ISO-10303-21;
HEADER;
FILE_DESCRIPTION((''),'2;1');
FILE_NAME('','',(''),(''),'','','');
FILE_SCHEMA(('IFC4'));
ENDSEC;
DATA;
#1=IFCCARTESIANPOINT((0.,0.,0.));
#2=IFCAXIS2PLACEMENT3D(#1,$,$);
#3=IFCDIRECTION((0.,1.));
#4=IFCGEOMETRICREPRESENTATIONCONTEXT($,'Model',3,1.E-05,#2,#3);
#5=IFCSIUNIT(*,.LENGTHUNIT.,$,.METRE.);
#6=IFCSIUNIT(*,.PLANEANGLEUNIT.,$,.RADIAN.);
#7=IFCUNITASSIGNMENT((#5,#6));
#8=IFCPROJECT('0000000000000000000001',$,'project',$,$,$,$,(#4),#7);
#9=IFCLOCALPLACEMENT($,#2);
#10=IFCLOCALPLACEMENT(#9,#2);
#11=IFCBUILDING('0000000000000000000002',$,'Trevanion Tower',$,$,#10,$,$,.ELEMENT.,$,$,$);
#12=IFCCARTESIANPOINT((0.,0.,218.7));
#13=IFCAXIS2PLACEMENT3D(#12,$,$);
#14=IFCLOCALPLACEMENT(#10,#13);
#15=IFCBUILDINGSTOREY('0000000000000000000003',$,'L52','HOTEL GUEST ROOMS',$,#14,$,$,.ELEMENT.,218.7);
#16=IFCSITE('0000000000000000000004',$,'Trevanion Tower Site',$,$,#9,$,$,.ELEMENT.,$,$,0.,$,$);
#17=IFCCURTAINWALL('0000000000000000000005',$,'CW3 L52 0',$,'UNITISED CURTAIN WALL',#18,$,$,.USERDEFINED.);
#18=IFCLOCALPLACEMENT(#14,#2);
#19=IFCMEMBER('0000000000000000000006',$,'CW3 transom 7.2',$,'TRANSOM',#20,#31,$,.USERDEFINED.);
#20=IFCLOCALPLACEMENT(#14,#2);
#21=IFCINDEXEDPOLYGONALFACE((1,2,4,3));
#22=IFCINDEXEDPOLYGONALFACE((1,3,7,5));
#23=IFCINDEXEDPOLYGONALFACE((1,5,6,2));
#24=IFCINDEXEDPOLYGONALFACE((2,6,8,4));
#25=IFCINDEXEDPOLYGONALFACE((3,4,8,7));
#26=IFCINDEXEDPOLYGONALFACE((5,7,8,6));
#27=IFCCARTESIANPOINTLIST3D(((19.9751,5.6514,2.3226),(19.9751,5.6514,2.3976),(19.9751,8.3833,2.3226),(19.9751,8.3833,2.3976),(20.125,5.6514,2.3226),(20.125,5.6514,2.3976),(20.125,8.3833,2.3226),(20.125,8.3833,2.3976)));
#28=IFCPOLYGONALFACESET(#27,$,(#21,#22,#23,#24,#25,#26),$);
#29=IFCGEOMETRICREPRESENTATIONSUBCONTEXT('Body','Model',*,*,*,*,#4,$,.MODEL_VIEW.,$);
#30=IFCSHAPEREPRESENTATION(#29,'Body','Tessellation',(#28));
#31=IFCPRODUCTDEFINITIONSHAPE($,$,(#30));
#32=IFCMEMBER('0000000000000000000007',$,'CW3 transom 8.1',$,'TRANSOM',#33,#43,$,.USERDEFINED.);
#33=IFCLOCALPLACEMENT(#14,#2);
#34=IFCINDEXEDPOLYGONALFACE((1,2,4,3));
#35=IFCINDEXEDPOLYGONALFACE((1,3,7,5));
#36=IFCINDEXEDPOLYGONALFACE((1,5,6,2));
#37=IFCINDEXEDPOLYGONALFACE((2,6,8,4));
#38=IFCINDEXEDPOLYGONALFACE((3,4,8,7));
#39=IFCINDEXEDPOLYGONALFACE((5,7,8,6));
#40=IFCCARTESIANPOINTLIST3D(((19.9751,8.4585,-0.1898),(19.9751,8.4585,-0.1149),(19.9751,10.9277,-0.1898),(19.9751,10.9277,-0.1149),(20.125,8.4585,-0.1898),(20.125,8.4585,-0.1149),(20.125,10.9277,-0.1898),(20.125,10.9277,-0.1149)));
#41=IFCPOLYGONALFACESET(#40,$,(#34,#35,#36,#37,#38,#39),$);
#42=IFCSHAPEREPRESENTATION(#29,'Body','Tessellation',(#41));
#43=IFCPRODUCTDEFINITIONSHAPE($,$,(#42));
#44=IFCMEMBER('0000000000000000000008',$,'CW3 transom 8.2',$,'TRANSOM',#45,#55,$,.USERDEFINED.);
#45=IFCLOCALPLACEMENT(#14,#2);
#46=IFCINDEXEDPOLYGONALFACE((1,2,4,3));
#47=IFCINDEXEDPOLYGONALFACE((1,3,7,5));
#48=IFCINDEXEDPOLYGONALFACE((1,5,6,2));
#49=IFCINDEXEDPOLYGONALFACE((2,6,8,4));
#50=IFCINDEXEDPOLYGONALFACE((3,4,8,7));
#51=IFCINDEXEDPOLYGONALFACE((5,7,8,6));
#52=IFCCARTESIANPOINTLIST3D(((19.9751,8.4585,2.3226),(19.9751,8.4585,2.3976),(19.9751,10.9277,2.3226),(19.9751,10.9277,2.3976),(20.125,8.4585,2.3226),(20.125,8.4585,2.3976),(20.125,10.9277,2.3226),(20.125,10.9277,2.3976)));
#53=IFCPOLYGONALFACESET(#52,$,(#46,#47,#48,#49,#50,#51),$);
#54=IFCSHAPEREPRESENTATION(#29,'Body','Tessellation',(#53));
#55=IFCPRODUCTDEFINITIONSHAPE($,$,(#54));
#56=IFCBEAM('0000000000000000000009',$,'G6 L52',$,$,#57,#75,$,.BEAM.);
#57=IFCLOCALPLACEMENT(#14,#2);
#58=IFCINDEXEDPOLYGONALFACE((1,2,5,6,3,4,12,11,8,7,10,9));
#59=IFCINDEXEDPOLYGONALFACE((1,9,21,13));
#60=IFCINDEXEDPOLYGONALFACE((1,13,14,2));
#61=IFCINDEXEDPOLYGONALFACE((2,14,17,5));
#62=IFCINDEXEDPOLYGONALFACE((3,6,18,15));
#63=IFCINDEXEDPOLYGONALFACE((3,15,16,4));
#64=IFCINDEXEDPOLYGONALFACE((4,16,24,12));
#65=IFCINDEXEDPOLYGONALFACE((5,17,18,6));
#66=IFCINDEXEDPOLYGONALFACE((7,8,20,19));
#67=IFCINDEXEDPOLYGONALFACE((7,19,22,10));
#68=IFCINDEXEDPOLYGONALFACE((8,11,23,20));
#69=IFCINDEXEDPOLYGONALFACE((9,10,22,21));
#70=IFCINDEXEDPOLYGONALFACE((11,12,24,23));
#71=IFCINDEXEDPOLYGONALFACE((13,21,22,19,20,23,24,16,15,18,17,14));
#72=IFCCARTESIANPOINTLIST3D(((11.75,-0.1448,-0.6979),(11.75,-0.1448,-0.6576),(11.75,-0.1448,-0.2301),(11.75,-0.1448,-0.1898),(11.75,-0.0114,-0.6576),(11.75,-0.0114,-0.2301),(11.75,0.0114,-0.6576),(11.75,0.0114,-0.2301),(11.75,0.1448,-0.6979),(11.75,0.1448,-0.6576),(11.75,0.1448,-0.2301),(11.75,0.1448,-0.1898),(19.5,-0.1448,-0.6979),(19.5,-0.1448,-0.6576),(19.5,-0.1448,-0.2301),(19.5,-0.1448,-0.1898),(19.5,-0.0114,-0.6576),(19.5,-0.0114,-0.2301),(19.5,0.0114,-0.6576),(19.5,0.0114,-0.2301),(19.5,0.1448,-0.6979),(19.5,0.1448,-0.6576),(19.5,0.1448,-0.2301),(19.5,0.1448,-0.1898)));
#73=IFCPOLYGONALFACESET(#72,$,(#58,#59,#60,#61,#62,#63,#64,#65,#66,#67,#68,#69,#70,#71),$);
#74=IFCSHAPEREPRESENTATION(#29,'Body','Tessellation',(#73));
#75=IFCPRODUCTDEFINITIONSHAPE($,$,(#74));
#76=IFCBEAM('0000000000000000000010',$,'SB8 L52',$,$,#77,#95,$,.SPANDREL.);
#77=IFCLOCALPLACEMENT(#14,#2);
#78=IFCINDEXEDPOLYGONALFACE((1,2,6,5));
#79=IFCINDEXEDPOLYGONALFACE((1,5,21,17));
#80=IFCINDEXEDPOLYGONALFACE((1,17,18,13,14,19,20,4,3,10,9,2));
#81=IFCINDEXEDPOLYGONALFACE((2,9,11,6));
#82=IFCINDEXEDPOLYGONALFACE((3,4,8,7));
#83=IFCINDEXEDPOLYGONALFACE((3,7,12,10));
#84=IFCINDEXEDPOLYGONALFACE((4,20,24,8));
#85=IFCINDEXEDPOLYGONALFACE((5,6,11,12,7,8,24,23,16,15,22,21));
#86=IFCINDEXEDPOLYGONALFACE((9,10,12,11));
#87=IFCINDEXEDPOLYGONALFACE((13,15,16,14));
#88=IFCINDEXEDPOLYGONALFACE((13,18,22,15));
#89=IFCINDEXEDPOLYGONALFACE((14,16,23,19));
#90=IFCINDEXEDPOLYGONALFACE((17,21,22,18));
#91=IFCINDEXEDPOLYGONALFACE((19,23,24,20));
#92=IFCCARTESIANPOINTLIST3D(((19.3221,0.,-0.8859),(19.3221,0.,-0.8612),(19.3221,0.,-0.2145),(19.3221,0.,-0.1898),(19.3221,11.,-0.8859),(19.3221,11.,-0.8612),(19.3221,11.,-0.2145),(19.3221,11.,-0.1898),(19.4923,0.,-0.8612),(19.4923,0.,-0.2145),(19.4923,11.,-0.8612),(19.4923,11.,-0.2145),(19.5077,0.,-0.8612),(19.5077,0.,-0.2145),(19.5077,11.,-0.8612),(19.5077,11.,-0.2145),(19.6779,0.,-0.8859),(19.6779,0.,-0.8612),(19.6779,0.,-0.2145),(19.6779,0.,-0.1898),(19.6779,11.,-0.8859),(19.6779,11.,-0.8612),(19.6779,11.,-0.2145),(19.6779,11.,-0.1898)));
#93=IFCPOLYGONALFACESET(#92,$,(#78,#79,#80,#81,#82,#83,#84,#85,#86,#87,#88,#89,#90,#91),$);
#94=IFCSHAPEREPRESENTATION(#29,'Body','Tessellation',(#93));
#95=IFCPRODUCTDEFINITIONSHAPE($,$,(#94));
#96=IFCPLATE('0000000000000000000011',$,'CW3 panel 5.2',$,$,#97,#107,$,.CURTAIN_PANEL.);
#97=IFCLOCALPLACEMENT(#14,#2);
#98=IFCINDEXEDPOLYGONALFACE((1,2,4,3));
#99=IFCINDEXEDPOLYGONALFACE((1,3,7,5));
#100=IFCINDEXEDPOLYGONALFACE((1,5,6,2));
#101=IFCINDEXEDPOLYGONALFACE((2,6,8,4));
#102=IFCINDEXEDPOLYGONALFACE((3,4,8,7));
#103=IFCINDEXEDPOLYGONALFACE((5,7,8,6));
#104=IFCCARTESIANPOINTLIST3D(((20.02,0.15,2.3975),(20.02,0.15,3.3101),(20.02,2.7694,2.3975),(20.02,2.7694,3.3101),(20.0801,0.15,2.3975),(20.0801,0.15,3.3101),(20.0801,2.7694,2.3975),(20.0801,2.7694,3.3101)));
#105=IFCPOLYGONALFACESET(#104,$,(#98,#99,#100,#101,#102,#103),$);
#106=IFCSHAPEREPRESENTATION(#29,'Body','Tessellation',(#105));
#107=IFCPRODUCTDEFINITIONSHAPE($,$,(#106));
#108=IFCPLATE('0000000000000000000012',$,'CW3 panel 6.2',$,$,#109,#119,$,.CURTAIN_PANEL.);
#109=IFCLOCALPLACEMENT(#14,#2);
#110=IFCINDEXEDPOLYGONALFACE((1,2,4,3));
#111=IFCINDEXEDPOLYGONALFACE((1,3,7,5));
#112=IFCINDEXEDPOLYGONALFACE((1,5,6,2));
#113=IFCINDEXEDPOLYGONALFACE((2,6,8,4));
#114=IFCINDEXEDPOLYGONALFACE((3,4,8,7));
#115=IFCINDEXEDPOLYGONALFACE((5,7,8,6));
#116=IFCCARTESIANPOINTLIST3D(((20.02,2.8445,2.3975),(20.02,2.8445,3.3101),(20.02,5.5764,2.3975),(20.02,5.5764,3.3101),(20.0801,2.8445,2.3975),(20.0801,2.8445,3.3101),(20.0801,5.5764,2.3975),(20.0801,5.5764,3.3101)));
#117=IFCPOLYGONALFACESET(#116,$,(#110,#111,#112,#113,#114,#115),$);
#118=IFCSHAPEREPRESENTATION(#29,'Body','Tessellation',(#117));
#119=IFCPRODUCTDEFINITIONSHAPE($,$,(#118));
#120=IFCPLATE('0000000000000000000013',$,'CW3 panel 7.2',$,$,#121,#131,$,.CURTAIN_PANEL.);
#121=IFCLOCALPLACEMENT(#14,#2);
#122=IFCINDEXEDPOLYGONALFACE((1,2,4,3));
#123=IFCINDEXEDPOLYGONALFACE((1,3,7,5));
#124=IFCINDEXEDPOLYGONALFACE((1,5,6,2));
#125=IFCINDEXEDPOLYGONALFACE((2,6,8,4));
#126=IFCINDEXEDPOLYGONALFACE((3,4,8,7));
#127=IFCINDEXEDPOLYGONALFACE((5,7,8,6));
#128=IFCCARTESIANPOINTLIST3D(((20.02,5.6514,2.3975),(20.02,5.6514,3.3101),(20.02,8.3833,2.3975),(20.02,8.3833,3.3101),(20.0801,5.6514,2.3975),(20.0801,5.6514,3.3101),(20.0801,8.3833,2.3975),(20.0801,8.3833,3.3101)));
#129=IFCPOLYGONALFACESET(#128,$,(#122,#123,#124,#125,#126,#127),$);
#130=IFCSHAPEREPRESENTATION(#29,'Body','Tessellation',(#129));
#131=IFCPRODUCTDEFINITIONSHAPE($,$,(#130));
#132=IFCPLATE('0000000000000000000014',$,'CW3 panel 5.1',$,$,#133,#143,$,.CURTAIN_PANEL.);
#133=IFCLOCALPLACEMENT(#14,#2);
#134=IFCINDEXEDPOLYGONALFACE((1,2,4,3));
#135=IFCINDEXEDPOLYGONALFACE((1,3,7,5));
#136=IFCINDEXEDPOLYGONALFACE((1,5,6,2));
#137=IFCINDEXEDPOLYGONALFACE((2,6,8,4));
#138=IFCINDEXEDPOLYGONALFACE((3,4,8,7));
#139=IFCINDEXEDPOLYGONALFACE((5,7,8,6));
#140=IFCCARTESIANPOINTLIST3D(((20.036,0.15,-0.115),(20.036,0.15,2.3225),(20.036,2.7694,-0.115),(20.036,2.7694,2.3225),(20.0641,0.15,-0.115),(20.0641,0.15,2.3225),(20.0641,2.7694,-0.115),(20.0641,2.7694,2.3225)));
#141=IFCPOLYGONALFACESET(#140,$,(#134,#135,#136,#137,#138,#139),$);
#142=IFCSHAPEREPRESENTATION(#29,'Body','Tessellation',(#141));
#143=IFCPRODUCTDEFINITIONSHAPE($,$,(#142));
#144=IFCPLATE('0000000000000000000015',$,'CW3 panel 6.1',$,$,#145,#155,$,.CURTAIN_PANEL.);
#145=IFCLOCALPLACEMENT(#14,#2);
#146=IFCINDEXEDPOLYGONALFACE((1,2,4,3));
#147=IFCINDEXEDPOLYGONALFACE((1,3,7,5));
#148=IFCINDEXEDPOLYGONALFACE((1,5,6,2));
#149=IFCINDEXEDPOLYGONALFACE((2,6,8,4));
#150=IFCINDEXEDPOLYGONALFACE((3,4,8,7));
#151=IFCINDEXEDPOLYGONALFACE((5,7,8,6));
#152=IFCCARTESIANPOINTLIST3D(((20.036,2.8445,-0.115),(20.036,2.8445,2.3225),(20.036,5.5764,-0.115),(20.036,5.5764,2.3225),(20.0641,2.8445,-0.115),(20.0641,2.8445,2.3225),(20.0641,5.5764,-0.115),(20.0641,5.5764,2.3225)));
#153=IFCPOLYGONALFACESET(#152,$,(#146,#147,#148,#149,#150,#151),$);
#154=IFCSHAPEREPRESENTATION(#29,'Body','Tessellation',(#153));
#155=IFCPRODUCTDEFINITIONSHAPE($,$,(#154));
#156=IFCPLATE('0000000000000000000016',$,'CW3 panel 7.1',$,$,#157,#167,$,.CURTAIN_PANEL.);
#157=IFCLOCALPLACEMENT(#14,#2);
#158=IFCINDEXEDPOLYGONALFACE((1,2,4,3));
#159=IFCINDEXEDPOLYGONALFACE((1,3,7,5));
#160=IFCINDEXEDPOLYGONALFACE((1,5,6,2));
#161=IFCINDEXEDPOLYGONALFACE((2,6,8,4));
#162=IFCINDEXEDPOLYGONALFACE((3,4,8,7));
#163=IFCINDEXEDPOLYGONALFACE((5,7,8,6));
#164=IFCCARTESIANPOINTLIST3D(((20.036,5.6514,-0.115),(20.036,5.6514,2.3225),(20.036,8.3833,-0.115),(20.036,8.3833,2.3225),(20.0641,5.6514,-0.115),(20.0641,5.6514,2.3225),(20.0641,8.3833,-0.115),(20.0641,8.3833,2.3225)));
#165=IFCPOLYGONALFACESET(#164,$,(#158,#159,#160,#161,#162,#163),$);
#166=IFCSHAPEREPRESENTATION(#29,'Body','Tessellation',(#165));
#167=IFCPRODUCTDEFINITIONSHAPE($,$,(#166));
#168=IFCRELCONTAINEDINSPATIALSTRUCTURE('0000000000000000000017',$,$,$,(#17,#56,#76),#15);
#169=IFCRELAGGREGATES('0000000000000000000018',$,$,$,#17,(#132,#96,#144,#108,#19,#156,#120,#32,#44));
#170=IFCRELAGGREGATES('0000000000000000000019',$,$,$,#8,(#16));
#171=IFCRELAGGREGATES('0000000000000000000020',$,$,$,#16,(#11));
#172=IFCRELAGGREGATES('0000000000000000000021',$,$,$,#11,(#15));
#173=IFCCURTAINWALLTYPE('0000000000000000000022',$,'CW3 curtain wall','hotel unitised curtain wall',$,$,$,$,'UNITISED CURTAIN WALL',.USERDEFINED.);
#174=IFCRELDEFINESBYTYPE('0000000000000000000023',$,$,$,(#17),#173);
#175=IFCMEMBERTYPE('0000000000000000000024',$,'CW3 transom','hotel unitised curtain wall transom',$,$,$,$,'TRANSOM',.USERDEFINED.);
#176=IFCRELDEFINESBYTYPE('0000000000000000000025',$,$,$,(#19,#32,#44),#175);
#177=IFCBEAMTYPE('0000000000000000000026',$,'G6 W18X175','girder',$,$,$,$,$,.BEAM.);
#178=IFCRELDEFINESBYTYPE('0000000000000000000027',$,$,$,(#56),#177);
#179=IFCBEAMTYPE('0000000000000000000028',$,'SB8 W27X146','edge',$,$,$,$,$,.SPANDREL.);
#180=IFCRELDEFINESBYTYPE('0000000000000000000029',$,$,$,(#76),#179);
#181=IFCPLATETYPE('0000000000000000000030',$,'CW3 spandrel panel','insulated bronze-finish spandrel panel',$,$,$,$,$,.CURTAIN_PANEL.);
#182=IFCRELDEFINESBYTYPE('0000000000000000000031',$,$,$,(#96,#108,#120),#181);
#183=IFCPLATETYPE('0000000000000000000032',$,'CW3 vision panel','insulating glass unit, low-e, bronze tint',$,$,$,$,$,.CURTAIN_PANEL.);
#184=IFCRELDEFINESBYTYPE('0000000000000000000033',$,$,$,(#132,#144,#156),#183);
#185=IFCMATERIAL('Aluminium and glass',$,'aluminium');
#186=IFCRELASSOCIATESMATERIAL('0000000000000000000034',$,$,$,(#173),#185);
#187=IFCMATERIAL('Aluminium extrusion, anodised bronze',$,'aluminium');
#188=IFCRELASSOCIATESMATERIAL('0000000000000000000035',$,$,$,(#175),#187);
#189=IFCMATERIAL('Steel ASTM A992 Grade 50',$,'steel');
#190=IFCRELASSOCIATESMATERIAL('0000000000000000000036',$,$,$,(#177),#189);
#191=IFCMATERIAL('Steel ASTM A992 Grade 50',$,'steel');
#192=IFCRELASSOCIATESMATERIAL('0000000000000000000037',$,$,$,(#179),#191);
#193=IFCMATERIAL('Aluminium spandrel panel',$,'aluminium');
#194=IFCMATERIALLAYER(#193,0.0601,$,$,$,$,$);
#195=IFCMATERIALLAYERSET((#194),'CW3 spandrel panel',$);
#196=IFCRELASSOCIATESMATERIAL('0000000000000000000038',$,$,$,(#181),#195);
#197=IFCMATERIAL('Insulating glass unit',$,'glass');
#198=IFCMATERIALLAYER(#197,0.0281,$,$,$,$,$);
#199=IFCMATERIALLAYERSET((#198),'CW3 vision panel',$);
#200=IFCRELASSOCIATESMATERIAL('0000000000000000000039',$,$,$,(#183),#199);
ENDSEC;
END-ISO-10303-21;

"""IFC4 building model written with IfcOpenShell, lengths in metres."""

from ifc_helpers import new_model, si_unit, direction, frame, origin, origin_2d, place, context, subcontext, project, spatial, rectangle, i_section, extrude, material, layer, layer_set, material_profile, profile_set, type_object, element, aggregate, save


model = new_model("IFC4")

# Units and contexts
model_context = context("Model", 3, precision=1e-05, world=origin(), true_north=direction((0.0, 1.0)))
body_context = subcontext(model_context, "Body", "Model", "MODEL_VIEW")
ifc_project = project(units=[si_unit("LENGTHUNIT", "METRE"), si_unit("PLANEANGLEUNIT", "RADIAN")], contexts=[model_context])

# Site, building, storey
site_placement = place(None, origin())
site = spatial("IfcSite", under=ifc_project, at=site_placement, Name="Trevanion Tower Site", CompositionType="ELEMENT", RefElevation=0.0)
building_placement = place(site_placement, origin())
building = spatial("IfcBuilding", under=site, at=building_placement, Name="Trevanion Tower", CompositionType="ELEMENT")
storey_placement = place(building_placement, frame((0.0, 0.0, 218.7)))
storey = spatial("IfcBuildingStorey", under=building, at=storey_placement, Name="L52", Description="HOTEL GUEST ROOMS", CompositionType="ELEMENT", Elevation=218.7)

# Curtain wall, members
ifc_material_1 = material(Name="Aluminium and glass", Category="aluminium")
curtain_wall_type = type_object("IfcCurtainWallType", Name="CW3 curtain wall", Description="hotel unitised curtain wall", ElementType="UNITISED CURTAIN WALL", PredefinedType="USERDEFINED", material=ifc_material_1)
curtain_wall_placement = place(storey_placement, origin())
curtain_wall = element("IfcCurtainWall", 1, at=curtain_wall_placement, inside=storey, type_object=curtain_wall_type, Name="CW3 L52 0", ObjectType="UNITISED CURTAIN WALL", PredefinedType="USERDEFINED")
ifc_material_2 = material(Name="Aluminium extrusion, anodised bronze", Category="aluminium")
ifc_material_profile_1 = material_profile(ifc_material_2, rectangle(XDim=0.1499, YDim=0.075, at=origin_2d()), Name="CW3 transom")
ifc_profile_set_1 = profile_set([ifc_material_profile_1], Name="Aluminium extrusion, anodised bronze")
member_type_1 = type_object("IfcMemberType", Name="CW3 transom", Description="hotel unitised curtain wall transom", ElementType="TRANSOM", PredefinedType="USERDEFINED", material=ifc_profile_set_1)
member_1_placement = place(storey_placement, frame((20.05, 5.6514, 2.3601), z_axis=(0.0, 1.0, 0.0), x_axis=(-1.0, 0.0, 0.0)))
member_1 = element("IfcMember", 2, at=member_1_placement, type_object=member_type_1, Name="CW3 transom 7.2", ObjectType="TRANSOM", PredefinedType="USERDEFINED", context=body_context, shape_type="SweptSolid", body=[
    extrude(rectangle(XDim=0.1499, YDim=0.075, at=origin_2d()), origin(), (0.0, 0.0, 1.0), 2.7319),
])
member_2_placement = place(storey_placement, frame((20.05, 8.4585, -0.1523), z_axis=(0.0, 1.0, 0.0), x_axis=(-1.0, 0.0, 0.0)))
member_2 = element("IfcMember", 3, at=member_2_placement, type_object=member_type_1, Name="CW3 transom 8.1", ObjectType="TRANSOM", PredefinedType="USERDEFINED", context=body_context, shape_type="SweptSolid", body=[
    extrude(rectangle(XDim=0.1499, YDim=0.075, at=origin_2d()), origin(), (0.0, 0.0, 1.0), 2.4692),
])
member_3_placement = place(storey_placement, frame((20.05, 8.4585, 2.3601), z_axis=(0.0, 1.0, 0.0), x_axis=(-1.0, 0.0, 0.0)))
member_3 = element("IfcMember", 4, at=member_3_placement, type_object=member_type_1, Name="CW3 transom 8.2", ObjectType="TRANSOM", PredefinedType="USERDEFINED", context=body_context, shape_type="SweptSolid", body=[
    extrude(rectangle(XDim=0.1499, YDim=0.075, at=origin_2d()), origin(), (0.0, 0.0, 1.0), 2.4692),
])

# Beams
ifc_material_3 = material(Name="Steel ASTM A992 Grade 50", Category="steel")
ifc_material_profile_2 = material_profile(ifc_material_3, i_section(OverallWidth=0.2896, OverallDepth=0.5081, WebThickness=0.0227, FlangeThickness=0.0403, at=origin_2d()), Name="W18X175")
ifc_profile_set_2 = profile_set([ifc_material_profile_2], Name="Steel ASTM A992 Grade 50")
beam_type_1 = type_object("IfcBeamType", Name="G6 W18X175", Description="girder", PredefinedType="BEAM", material=ifc_profile_set_2)
beam_1_placement = place(storey_placement, frame((11.75, 0.0, -0.4438), z_axis=(1.0, 0.0, 0.0), x_axis=(0.0, 1.0, 0.0)))
element("IfcBeam", 5, at=beam_1_placement, inside=storey, type_object=beam_type_1, Name="G6 L52", PredefinedType="BEAM", context=body_context, shape_type="SweptSolid", body=[
    extrude(i_section(OverallWidth=0.2896, OverallDepth=0.5081, WebThickness=0.0227, FlangeThickness=0.0403, at=origin_2d()), origin(), (0.0, 0.0, 1.0), 7.75),
])
ifc_material_4 = material(Name="Steel ASTM A992 Grade 50", Category="steel")
ifc_material_profile_3 = material_profile(ifc_material_4, i_section(OverallWidth=0.3557, OverallDepth=0.696, WebThickness=0.0154, FlangeThickness=0.0247, at=origin_2d()), Name="W27X146")
ifc_profile_set_3 = profile_set([ifc_material_profile_3], Name="Steel ASTM A992 Grade 50")
beam_type_2 = type_object("IfcBeamType", Name="SB8 W27X146", Description="edge", PredefinedType="SPANDREL", material=ifc_profile_set_3)
beam_2_placement = place(storey_placement, frame((19.5, 0.0, -0.5378), z_axis=(0.0, 1.0, 0.0), x_axis=(-1.0, 0.0, 0.0)))
element("IfcBeam", 6, at=beam_2_placement, inside=storey, type_object=beam_type_2, Name="SB8 L52", PredefinedType="SPANDREL", context=body_context, shape_type="SweptSolid", body=[
    extrude(i_section(OverallWidth=0.3557, OverallDepth=0.696, WebThickness=0.0154, FlangeThickness=0.0247, at=origin_2d()), origin(), (0.0, 0.0, 1.0), 11.0),
])

# Plates
ifc_material_5 = material(Name="Aluminium spandrel panel", Category="aluminium")
ifc_layer_1 = layer(ifc_material_5, 0.0601)
ifc_layer_set_1 = layer_set([ifc_layer_1], Name="CW3 spandrel panel")
plate_type_1 = type_object("IfcPlateType", Name="CW3 spandrel panel", Description="insulated bronze-finish spandrel panel", PredefinedType="CURTAIN_PANEL", material=ifc_layer_set_1)
plate_1_placement = place(storey_placement, frame((20.05, 1.4597, 2.3975), z_axis=(0.0, 0.0, 1.0), x_axis=(0.0, 1.0, 0.0)))
plate_1 = element("IfcPlate", 7, at=plate_1_placement, type_object=plate_type_1, Name="CW3 panel 5.2", PredefinedType="CURTAIN_PANEL", context=body_context, shape_type="SweptSolid", body=[
    extrude(rectangle(XDim=2.6194, YDim=0.0601, at=origin_2d()), origin(), (0.0, 0.0, 1.0), 0.9126),
])
plate_2_placement = place(storey_placement, frame((20.05, 4.2104, 2.3975), z_axis=(0.0, 0.0, 1.0), x_axis=(0.0, 1.0, 0.0)))
plate_2 = element("IfcPlate", 8, at=plate_2_placement, type_object=plate_type_1, Name="CW3 panel 6.2", PredefinedType="CURTAIN_PANEL", context=body_context, shape_type="SweptSolid", body=[
    extrude(rectangle(XDim=2.7319, YDim=0.0601, at=origin_2d()), origin(), (0.0, 0.0, 1.0), 0.9126),
])
plate_3_placement = place(storey_placement, frame((20.05, 7.0173, 2.3975), z_axis=(0.0, 0.0, 1.0), x_axis=(0.0, 1.0, 0.0)))
plate_3 = element("IfcPlate", 9, at=plate_3_placement, type_object=plate_type_1, Name="CW3 panel 7.2", PredefinedType="CURTAIN_PANEL", context=body_context, shape_type="SweptSolid", body=[
    extrude(rectangle(XDim=2.7319, YDim=0.0601, at=origin_2d()), origin(), (0.0, 0.0, 1.0), 0.9126),
])
ifc_material_6 = material(Name="Insulating glass unit", Category="glass")
ifc_layer_2 = layer(ifc_material_6, 0.0281)
ifc_layer_set_2 = layer_set([ifc_layer_2], Name="CW3 vision panel")
plate_type_2 = type_object("IfcPlateType", Name="CW3 vision panel", Description="insulating glass unit, low-e, bronze tint", PredefinedType="CURTAIN_PANEL", material=ifc_layer_set_2)
plate_4_placement = place(storey_placement, frame((20.05, 1.4597, -0.115), z_axis=(0.0, 0.0, 1.0), x_axis=(0.0, 1.0, 0.0)))
plate_4 = element("IfcPlate", 10, at=plate_4_placement, type_object=plate_type_2, Name="CW3 panel 5.1", PredefinedType="CURTAIN_PANEL", context=body_context, shape_type="SweptSolid", body=[
    extrude(rectangle(XDim=2.6194, YDim=0.0281, at=origin_2d()), origin(), (0.0, 0.0, 1.0), 2.4375),
])
plate_5_placement = place(storey_placement, frame((20.05, 4.2104, -0.115), z_axis=(0.0, 0.0, 1.0), x_axis=(0.0, 1.0, 0.0)))
plate_5 = element("IfcPlate", 11, at=plate_5_placement, type_object=plate_type_2, Name="CW3 panel 6.1", PredefinedType="CURTAIN_PANEL", context=body_context, shape_type="SweptSolid", body=[
    extrude(rectangle(XDim=2.7319, YDim=0.0281, at=origin_2d()), origin(), (0.0, 0.0, 1.0), 2.4375),
])
plate_6_placement = place(storey_placement, frame((20.05, 7.0173, -0.115), z_axis=(0.0, 0.0, 1.0), x_axis=(0.0, 1.0, 0.0)))
plate_6 = element("IfcPlate", 12, at=plate_6_placement, type_object=plate_type_2, Name="CW3 panel 7.1", PredefinedType="CURTAIN_PANEL", context=body_context, shape_type="SweptSolid", body=[
    extrude(rectangle(XDim=2.7319, YDim=0.0281, at=origin_2d()), origin(), (0.0, 0.0, 1.0), 2.4375),
])
aggregate(curtain_wall, [plate_4, plate_1, plate_5, plate_2, member_1, plate_6, plate_3, member_2, member_3])

save(model, "model.ifc")
